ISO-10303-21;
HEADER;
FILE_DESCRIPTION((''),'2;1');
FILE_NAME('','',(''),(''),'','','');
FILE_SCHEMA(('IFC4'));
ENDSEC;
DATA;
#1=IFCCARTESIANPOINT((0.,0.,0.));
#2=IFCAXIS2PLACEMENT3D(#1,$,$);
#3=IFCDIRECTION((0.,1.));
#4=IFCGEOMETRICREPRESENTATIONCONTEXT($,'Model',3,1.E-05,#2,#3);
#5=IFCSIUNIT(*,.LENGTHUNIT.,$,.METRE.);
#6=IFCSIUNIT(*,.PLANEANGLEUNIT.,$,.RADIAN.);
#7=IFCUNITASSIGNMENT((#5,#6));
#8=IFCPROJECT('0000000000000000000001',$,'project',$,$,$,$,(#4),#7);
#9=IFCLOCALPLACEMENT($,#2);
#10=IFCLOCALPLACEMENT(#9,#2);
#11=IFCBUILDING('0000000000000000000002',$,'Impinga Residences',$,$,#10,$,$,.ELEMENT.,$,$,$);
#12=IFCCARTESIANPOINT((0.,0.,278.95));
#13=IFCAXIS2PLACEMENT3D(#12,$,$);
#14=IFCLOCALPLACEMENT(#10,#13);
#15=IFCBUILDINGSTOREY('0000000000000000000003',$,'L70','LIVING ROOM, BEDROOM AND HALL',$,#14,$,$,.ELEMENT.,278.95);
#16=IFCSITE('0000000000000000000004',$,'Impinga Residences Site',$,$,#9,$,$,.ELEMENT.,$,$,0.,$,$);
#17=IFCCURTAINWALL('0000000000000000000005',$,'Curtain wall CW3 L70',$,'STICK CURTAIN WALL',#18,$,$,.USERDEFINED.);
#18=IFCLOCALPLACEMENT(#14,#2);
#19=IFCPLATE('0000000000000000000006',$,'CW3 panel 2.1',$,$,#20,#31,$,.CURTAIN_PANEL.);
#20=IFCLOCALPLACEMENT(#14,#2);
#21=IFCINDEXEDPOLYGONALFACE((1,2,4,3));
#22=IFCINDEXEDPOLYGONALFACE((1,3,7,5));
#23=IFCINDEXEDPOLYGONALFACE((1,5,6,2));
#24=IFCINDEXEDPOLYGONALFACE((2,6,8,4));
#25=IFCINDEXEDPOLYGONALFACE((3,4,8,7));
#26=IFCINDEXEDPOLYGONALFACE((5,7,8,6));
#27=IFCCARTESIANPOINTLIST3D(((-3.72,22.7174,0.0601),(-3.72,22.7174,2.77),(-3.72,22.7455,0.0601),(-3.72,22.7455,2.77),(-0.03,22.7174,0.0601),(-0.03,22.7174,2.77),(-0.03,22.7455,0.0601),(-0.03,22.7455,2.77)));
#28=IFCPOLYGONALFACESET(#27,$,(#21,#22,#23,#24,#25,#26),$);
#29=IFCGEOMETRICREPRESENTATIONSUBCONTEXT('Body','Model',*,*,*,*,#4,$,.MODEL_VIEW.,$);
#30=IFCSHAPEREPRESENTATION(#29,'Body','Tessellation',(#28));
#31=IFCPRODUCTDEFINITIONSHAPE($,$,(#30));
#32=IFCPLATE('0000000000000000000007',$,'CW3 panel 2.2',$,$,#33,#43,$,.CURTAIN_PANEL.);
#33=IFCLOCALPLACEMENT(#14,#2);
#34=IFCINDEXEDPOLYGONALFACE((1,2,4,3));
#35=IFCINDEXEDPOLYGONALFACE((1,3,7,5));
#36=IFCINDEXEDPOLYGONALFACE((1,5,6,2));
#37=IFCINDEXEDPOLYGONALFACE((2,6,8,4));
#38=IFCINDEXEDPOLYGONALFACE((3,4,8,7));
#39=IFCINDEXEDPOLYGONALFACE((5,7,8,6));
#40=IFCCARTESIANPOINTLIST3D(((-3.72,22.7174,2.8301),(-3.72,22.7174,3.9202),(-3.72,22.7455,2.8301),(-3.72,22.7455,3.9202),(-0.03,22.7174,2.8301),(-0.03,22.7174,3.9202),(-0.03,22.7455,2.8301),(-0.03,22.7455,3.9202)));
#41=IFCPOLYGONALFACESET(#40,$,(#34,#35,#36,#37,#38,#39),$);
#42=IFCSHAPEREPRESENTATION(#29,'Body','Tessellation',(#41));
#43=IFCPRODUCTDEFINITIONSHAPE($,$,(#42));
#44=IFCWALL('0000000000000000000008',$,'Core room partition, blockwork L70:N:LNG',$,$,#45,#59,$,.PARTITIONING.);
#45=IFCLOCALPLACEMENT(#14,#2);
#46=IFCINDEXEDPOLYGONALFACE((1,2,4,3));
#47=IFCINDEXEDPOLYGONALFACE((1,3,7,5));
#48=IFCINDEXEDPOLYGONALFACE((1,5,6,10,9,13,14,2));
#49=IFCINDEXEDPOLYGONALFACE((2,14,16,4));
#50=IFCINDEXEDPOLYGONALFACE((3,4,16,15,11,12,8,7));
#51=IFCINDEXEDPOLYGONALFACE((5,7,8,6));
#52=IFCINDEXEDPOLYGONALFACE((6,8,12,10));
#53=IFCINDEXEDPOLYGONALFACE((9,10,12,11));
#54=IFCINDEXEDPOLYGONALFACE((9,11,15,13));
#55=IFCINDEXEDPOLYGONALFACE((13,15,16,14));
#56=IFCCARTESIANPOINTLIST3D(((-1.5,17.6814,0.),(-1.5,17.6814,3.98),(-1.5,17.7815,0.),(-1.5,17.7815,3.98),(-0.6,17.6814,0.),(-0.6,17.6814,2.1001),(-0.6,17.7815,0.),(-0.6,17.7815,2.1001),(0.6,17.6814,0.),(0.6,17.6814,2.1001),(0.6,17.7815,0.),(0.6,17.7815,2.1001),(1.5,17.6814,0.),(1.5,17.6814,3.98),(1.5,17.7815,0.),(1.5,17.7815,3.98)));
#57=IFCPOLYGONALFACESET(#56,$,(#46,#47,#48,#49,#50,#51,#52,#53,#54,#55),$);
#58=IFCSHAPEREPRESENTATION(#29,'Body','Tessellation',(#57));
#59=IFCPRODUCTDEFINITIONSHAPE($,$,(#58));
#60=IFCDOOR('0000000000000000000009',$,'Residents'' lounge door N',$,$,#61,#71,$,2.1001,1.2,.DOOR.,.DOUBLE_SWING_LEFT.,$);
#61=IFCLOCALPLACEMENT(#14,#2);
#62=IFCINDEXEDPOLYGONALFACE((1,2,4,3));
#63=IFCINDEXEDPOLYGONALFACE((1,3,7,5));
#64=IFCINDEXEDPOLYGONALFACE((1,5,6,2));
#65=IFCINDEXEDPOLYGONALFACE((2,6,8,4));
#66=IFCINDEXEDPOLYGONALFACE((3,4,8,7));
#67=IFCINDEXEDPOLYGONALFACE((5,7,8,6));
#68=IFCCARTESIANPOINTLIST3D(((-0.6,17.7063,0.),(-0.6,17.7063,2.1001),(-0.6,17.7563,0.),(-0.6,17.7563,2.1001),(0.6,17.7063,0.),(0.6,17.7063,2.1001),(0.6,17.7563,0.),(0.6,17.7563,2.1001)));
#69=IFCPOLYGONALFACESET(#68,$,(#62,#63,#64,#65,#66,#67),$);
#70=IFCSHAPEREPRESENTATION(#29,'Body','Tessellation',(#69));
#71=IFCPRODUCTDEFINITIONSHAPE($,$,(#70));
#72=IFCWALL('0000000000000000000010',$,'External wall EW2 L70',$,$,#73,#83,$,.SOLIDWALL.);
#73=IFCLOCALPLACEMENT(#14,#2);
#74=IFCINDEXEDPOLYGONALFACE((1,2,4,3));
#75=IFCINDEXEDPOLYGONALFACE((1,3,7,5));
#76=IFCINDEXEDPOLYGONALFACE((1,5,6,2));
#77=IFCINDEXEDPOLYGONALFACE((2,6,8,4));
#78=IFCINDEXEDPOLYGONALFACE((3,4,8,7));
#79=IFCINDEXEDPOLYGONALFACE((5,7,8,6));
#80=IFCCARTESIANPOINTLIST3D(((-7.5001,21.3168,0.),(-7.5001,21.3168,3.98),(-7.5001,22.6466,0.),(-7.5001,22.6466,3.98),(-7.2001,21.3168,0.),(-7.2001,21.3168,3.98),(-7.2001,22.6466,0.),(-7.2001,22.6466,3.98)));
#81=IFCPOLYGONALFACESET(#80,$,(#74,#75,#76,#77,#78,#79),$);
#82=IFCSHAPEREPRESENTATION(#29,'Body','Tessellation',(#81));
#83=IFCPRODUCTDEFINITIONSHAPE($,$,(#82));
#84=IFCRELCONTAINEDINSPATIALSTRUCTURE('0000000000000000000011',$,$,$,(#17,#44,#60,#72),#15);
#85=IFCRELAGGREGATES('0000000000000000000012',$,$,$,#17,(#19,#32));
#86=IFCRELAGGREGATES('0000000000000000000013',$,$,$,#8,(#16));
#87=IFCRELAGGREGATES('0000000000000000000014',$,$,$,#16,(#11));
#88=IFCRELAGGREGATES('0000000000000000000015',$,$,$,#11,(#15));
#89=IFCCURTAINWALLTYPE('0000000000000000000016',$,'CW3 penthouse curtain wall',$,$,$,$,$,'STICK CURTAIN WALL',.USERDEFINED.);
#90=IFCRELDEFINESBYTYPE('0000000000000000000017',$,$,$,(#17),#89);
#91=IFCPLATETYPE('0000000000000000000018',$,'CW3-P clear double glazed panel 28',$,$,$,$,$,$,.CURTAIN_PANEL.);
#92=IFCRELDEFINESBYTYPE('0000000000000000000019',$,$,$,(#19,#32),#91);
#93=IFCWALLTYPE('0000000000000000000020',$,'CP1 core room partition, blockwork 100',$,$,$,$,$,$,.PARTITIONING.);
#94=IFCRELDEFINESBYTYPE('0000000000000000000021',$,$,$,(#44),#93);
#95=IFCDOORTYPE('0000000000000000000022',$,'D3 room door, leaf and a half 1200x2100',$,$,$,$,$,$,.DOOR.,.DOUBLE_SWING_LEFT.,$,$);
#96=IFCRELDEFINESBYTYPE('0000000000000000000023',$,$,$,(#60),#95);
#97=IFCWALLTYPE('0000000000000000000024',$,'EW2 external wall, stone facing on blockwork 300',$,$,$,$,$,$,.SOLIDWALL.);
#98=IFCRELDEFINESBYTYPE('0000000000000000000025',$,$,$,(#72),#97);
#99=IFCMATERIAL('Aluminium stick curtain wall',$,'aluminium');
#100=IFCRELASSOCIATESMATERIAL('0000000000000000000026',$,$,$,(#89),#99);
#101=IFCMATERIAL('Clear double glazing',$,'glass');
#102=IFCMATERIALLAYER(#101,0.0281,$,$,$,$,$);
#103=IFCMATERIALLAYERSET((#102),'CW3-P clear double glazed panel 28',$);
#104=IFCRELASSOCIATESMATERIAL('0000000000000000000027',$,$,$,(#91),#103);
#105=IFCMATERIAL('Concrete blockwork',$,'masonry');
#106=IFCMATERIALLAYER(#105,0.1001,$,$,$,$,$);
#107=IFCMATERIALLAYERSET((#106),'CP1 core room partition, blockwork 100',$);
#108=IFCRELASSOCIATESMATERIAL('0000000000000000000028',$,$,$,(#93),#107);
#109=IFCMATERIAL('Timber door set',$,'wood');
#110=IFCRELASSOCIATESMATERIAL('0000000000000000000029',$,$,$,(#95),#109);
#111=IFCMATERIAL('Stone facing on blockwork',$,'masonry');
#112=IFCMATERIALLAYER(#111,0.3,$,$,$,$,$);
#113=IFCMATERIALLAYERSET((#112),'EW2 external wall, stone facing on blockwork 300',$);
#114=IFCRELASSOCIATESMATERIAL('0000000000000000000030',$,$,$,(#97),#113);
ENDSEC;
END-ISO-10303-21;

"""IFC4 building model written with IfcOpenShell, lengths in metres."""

from ifc_helpers import new_model, si_unit, direction, frame, frame_2d, origin, origin_2d, place, context, subcontext, project, spatial, rectangle, extrude, material, layer, layer_set, type_object, element, fill, aggregate, save


model = new_model("IFC4")

# Units and contexts
model_context = context("Model", 3, precision=1e-05, world=origin(), true_north=direction((0.0, 1.0)))
body_context = subcontext(model_context, "Body", "Model", "MODEL_VIEW")
ifc_project = project(units=[si_unit("LENGTHUNIT", "METRE"), si_unit("PLANEANGLEUNIT", "RADIAN")], contexts=[model_context])

# Site, building, storey
site_placement = place(None, origin())
site = spatial("IfcSite", under=ifc_project, at=site_placement, Name="Impinga Residences Site", CompositionType="ELEMENT", RefElevation=0.0)
building_placement = place(site_placement, origin())
building = spatial("IfcBuilding", under=site, at=building_placement, Name="Impinga Residences", CompositionType="ELEMENT")
storey_placement = place(building_placement, frame((0.0, 0.0, 278.95)))
storey = spatial("IfcBuildingStorey", under=building, at=storey_placement, Name="L70", Description="LIVING ROOM, BEDROOM AND HALL", CompositionType="ELEMENT", Elevation=278.95)

# Curtain wall
ifc_material_1 = material(Name="Aluminium stick curtain wall", Category="aluminium")
curtain_wall_type = type_object("IfcCurtainWallType", Name="CW3 penthouse curtain wall", ElementType="STICK CURTAIN WALL", PredefinedType="USERDEFINED", material=ifc_material_1)
curtain_wall_1_placement = place(storey_placement, origin())
curtain_wall_1 = element("IfcCurtainWall", 1, at=curtain_wall_1_placement, inside=storey, type_object=curtain_wall_type, Name="Curtain wall CW3 L70", ObjectType="STICK CURTAIN WALL", PredefinedType="USERDEFINED")

# Plates
ifc_material_2 = material(Name="Clear double glazing", Category="glass")
ifc_layer_1 = layer(ifc_material_2, 0.0281)
ifc_layer_set_1 = layer_set([ifc_layer_1], Name="CW3-P clear double glazed panel 28")
plate_type = type_object("IfcPlateType", Name="CW3-P clear double glazed panel 28", PredefinedType="CURTAIN_PANEL", material=ifc_layer_set_1)
plate_1_placement = place(storey_placement, frame((-1.875, 22.7314, 0.0601), z_axis=(0.0, 0.0, 1.0), x_axis=(1.0, 0.0, 0.0)))
plate_1 = element("IfcPlate", 2, at=plate_1_placement, type_object=plate_type, Name="CW3 panel 2.1", PredefinedType="CURTAIN_PANEL", context=body_context, shape_type="SweptSolid", body=[
    extrude(rectangle(XDim=3.6899, YDim=0.0281, at=origin_2d()), origin(), (0.0, 0.0, 1.0), 2.71),
])
plate_2_placement = place(storey_placement, frame((-1.875, 22.7314, 2.8301), z_axis=(0.0, 0.0, 1.0), x_axis=(1.0, 0.0, 0.0)))
plate_2 = element("IfcPlate", 3, at=plate_2_placement, type_object=plate_type, Name="CW3 panel 2.2", PredefinedType="CURTAIN_PANEL", context=body_context, shape_type="SweptSolid", body=[
    extrude(rectangle(XDim=3.6899, YDim=0.0281, at=origin_2d()), origin(), (0.0, 0.0, 1.0), 1.0901),
])
aggregate(curtain_wall_1, [plate_1, plate_2])

# Wall, opening, door
ifc_material_3 = material(Name="Concrete blockwork", Category="masonry")
ifc_layer_2 = layer(ifc_material_3, 0.1001)
ifc_layer_set_2 = layer_set([ifc_layer_2], Name="CP1 core room partition, blockwork 100")
wall_type_1 = type_object("IfcWallType", Name="CP1 core room partition, blockwork 100", PredefinedType="PARTITIONING", material=ifc_layer_set_2)
wall_1_placement = place(storey_placement, frame((-1.5, 17.7314, 0.0), z_axis=(0.0, 0.0, 1.0), x_axis=(1.0, 0.0, 0.0)))
wall_1 = element("IfcWall", 4, at=wall_1_placement, inside=storey, type_object=wall_type_1, Name="Core room partition, blockwork L70:N:LNG", PredefinedType="PARTITIONING", context=body_context, shape_type="SweptSolid", body=[
    extrude(rectangle(XDim=3.0, YDim=0.1001, at=frame_2d((1.5, 0.0))), origin(), (0.0, 0.0, 1.0), 3.98),
])
opening_placement = place(wall_1_placement, frame((0.8999, 0.0, 0.0)))
opening = element("IfcOpeningElement", 5, at=opening_placement, cuts=wall_1, PredefinedType="OPENING", context=body_context, shape_type="SweptSolid", body=[
    extrude(rectangle(XDim=1.2, YDim=2.1001, at=frame_2d((0.6001, 1.05))), frame((0.0, 0.0601, 0.0), z_axis=(0.0, -1.0, 0.0), x_axis=(1.0, 0.0, 0.0)), (0.0, 0.0, 1.0), 0.1201),
])
ifc_material_4 = material(Name="Timber door set", Category="wood")
door_type = type_object("IfcDoorType", Name="D3 room door, leaf and a half 1200x2100", OperationType="DOUBLE_SWING_LEFT", PredefinedType="DOOR", material=ifc_material_4)
door_placement = place(opening_placement, origin())
door = element("IfcDoor", 6, at=door_placement, inside=storey, type_object=door_type, Name="Residents' lounge door N", OperationType="DOUBLE_SWING_LEFT", OverallHeight=2.1001, OverallWidth=1.2, PredefinedType="DOOR", context=body_context, shape_type="SweptSolid", body=[
    extrude(rectangle(XDim=1.2, YDim=2.1001, at=frame_2d((0.6001, 1.05))), frame((0.0, 0.0249, 0.0), z_axis=(0.0, -1.0, 0.0), x_axis=(1.0, 0.0, 0.0)), (0.0, 0.0, 1.0), 0.05),
])
fill(opening, door)

# Wall
ifc_material_5 = material(Name="Stone facing on blockwork", Category="masonry")
ifc_layer_3 = layer(ifc_material_5, 0.3)
ifc_layer_set_3 = layer_set([ifc_layer_3], Name="EW2 external wall, stone facing on blockwork 300")
wall_type_2 = type_object("IfcWallType", Name="EW2 external wall, stone facing on blockwork 300", PredefinedType="SOLIDWALL", material=ifc_layer_set_3)
wall_2_placement = place(storey_placement, frame((-7.3501, 21.3167, 0.0), z_axis=(0.0, 0.0, 1.0), x_axis=(0.0, 1.0, 0.0)))
element("IfcWall", 7, at=wall_2_placement, inside=storey, type_object=wall_type_2, Name="External wall EW2 L70", PredefinedType="SOLIDWALL", context=body_context, shape_type="SweptSolid", body=[
    extrude(rectangle(XDim=1.3298, YDim=0.3, at=frame_2d((0.665, 0.0))), origin(), (0.0, 0.0, 1.0), 3.98),
])

save(model, "model.ifc")
